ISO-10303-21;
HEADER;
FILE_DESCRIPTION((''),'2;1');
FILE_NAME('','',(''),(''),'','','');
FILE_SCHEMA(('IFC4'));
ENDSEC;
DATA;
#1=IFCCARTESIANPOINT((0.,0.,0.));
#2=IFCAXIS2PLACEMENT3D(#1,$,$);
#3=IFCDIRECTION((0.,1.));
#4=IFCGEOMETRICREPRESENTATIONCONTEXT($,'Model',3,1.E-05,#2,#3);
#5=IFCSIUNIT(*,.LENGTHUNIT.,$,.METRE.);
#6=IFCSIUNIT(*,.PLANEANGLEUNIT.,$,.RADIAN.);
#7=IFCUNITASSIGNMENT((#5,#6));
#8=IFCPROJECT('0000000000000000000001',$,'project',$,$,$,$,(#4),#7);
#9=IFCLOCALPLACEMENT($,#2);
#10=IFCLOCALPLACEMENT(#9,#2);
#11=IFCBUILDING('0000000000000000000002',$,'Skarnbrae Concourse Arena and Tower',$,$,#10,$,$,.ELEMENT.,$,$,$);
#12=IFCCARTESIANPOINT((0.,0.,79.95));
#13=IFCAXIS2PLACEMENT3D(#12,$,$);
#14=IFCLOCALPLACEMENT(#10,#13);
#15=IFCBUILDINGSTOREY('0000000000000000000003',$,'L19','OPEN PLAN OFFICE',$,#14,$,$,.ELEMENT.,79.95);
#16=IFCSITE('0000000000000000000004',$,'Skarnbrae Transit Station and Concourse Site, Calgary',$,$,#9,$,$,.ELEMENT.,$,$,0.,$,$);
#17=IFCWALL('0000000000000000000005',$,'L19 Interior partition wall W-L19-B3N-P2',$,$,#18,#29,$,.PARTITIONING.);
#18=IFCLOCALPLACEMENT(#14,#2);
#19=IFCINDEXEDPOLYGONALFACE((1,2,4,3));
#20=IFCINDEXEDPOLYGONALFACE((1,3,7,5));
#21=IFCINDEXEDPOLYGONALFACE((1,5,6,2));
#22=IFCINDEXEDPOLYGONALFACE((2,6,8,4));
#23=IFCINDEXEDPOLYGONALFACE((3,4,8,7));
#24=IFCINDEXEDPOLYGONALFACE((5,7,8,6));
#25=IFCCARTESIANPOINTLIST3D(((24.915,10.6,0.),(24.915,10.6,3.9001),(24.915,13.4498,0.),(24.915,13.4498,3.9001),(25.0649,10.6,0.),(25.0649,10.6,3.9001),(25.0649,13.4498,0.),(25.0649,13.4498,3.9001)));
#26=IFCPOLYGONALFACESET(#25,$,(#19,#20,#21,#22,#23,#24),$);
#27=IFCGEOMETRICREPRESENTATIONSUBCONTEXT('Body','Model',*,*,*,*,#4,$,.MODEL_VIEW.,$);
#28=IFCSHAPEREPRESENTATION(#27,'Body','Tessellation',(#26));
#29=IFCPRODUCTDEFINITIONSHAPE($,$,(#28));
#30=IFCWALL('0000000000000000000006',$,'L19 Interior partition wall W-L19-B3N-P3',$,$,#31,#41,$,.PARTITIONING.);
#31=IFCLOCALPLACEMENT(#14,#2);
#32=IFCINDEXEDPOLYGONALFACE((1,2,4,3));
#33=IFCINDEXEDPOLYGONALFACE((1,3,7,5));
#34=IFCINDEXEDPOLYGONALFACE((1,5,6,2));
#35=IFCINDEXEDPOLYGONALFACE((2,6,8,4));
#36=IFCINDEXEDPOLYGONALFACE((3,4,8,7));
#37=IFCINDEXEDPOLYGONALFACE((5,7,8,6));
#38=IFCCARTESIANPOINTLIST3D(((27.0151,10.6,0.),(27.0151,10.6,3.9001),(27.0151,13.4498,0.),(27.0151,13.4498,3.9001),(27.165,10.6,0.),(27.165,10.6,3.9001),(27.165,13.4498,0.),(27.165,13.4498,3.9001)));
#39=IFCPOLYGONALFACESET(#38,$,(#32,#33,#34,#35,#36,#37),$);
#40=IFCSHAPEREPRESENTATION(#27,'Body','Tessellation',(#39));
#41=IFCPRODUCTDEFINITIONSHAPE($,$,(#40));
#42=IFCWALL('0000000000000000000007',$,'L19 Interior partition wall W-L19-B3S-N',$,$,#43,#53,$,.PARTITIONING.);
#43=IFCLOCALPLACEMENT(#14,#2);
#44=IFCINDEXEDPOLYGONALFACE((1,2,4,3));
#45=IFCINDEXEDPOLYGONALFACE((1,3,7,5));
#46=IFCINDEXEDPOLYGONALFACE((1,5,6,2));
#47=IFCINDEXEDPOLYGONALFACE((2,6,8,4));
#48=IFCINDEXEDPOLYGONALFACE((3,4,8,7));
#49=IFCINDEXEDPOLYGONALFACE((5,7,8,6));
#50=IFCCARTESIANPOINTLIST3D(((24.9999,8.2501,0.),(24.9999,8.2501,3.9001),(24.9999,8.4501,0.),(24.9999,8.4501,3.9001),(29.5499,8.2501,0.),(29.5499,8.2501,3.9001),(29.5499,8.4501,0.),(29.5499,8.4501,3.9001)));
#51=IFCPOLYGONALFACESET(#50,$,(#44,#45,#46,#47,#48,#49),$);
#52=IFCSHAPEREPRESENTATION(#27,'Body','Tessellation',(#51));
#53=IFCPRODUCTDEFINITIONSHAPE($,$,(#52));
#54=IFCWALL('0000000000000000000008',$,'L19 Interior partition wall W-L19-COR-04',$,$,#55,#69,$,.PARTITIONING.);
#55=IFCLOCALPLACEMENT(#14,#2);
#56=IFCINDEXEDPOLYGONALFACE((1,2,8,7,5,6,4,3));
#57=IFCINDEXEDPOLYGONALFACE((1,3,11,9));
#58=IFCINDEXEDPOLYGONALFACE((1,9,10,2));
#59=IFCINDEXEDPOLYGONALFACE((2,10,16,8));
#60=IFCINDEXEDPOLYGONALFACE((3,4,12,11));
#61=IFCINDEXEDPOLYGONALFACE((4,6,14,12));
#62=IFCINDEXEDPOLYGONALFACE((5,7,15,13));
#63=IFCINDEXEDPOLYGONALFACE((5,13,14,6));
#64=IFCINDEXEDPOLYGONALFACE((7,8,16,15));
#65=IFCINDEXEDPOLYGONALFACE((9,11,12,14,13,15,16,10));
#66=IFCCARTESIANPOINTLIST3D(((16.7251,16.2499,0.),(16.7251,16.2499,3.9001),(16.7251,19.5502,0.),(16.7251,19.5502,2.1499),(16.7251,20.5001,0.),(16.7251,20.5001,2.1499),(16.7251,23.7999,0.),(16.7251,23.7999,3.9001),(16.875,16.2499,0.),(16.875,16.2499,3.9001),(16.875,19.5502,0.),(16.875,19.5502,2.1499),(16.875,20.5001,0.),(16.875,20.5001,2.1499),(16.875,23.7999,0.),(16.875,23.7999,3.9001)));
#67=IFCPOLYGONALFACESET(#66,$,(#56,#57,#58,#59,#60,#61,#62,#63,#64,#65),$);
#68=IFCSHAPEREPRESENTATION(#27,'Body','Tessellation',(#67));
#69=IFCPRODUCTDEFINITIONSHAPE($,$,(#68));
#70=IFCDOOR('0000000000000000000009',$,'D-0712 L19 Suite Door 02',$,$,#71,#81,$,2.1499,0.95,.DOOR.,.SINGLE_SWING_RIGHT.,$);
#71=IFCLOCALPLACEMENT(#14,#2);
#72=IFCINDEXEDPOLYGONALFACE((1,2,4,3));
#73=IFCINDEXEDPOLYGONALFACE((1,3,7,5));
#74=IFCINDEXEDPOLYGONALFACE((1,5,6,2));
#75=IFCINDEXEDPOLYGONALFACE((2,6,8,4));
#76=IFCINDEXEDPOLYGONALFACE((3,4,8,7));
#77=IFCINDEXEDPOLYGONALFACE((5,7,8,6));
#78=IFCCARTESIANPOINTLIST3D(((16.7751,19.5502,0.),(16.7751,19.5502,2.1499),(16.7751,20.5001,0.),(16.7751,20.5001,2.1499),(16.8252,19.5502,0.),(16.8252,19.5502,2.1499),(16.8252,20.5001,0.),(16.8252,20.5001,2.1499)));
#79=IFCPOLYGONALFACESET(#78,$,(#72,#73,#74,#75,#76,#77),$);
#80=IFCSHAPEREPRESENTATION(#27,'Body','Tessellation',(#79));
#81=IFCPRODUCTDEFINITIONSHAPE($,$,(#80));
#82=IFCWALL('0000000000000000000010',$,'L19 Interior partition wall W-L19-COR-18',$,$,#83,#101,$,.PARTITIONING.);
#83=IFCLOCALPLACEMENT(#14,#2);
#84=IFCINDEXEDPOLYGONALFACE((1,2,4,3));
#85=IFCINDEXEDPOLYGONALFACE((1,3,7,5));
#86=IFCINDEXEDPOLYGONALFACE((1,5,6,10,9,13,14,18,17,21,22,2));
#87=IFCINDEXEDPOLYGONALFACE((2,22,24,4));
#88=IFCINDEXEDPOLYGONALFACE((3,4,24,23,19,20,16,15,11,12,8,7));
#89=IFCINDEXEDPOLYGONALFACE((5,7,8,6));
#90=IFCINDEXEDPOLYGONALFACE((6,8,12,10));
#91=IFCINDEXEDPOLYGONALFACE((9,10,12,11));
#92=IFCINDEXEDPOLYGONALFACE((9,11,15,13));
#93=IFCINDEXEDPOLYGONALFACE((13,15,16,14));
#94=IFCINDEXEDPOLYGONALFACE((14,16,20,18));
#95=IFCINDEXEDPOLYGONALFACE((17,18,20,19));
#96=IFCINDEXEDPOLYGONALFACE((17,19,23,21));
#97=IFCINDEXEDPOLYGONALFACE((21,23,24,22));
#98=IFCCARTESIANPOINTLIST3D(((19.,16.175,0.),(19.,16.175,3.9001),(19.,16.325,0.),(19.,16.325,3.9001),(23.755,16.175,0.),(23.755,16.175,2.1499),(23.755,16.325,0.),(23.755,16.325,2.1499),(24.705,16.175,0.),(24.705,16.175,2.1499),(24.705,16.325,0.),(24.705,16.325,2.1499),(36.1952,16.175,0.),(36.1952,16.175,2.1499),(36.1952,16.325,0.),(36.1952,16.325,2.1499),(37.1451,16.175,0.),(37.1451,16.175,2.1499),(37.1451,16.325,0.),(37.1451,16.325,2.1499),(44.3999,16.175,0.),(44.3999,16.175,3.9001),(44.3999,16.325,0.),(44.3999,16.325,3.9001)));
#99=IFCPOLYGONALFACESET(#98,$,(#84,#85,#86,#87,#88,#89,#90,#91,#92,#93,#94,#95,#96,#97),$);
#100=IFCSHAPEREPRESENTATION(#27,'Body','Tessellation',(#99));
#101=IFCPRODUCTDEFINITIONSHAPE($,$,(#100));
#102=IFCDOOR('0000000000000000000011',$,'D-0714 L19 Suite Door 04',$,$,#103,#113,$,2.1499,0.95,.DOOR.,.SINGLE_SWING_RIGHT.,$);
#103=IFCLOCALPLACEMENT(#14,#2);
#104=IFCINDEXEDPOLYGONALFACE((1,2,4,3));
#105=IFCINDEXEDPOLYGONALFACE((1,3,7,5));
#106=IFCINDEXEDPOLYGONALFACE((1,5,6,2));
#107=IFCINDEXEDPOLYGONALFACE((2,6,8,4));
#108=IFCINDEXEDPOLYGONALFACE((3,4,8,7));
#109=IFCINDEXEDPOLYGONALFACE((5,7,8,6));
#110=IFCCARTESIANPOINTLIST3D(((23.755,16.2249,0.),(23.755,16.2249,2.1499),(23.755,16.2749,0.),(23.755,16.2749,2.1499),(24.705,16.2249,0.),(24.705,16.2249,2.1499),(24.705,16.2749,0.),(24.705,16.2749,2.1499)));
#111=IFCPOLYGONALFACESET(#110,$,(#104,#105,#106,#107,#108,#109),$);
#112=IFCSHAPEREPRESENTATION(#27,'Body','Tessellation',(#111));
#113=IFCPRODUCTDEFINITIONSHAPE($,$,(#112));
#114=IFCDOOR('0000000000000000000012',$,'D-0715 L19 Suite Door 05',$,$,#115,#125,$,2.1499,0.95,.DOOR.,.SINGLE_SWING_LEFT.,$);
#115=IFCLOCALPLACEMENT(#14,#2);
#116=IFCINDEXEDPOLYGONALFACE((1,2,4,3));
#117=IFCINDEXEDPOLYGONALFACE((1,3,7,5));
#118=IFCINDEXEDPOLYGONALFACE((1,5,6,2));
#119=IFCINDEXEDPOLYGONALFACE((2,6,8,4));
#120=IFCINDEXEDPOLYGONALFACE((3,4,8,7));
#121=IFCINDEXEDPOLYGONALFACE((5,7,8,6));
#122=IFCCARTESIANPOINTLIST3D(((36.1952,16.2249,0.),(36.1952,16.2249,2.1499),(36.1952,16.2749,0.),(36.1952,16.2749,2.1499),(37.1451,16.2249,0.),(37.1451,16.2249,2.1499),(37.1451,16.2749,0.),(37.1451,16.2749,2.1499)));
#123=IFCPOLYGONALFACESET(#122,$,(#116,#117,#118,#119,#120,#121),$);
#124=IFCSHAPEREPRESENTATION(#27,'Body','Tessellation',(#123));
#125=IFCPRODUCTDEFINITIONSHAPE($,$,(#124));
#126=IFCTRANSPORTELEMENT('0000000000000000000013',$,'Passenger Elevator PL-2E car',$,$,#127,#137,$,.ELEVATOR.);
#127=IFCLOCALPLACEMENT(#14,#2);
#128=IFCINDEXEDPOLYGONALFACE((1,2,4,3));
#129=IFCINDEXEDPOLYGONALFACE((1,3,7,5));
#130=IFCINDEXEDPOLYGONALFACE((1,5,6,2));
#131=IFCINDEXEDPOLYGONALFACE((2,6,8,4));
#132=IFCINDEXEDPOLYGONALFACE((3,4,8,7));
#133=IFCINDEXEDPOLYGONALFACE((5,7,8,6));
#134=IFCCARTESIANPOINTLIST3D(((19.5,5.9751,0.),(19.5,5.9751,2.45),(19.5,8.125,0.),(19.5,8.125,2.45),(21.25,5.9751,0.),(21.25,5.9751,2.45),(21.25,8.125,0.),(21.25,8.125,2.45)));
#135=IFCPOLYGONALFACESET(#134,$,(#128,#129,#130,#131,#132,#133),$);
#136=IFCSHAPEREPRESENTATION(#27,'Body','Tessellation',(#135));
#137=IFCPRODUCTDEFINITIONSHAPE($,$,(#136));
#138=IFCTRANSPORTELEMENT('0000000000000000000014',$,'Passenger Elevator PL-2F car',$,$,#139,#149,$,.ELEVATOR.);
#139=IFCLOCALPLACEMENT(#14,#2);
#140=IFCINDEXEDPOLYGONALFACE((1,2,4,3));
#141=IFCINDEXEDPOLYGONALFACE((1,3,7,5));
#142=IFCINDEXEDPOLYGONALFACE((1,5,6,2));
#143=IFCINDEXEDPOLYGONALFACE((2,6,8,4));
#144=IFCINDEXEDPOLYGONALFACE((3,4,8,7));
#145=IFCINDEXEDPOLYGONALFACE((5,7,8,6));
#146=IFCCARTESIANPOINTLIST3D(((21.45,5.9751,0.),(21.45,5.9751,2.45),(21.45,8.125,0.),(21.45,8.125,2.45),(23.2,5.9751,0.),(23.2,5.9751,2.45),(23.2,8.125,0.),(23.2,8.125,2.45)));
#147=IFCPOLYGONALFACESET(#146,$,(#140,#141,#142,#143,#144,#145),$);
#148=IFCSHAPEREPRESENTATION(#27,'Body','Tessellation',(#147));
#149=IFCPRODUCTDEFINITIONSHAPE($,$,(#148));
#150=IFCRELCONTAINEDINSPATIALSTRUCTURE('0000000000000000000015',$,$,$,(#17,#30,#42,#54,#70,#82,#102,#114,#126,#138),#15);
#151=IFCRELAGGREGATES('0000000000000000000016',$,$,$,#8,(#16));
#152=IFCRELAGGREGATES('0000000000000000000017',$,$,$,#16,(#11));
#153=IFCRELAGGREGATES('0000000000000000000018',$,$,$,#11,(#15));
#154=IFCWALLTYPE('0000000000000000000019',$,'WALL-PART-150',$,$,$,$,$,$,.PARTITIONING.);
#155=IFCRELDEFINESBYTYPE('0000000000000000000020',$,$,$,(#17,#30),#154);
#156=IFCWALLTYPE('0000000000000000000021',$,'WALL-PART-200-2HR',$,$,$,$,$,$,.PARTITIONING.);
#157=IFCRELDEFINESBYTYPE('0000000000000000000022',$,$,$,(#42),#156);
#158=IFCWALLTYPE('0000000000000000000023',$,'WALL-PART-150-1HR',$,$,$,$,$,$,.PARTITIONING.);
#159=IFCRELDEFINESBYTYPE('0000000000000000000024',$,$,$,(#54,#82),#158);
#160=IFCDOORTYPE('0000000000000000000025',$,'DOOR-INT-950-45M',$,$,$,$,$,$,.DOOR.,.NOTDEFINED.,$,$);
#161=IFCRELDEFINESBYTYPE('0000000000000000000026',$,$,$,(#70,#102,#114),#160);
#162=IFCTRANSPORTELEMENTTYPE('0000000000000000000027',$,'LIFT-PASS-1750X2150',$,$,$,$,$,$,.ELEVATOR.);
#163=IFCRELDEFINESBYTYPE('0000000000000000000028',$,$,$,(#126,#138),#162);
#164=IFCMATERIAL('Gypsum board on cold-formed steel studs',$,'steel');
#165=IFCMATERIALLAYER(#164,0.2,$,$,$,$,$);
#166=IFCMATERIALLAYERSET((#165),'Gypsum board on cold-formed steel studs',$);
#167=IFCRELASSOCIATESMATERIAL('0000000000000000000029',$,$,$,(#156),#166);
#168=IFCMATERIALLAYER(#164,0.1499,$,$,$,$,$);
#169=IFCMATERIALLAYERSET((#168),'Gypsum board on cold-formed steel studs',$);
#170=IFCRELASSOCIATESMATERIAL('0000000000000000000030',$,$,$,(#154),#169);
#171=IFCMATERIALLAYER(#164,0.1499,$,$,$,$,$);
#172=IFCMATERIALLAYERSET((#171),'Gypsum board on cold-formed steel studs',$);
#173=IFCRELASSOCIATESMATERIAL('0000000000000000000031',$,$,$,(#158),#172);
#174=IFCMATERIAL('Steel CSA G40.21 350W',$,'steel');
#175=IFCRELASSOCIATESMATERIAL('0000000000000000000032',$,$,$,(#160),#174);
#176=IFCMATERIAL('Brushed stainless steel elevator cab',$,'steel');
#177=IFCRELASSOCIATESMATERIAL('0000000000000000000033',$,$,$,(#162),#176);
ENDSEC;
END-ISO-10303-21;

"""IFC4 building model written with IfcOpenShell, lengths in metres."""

from ifc_helpers import new_model, si_unit, direction, frame, frame_2d, origin, origin_2d, place, context, subcontext, project, spatial, rectangle, extrude, source, transform, mapped, material, layer, layer_set, type_object, element, fill, save


model = new_model("IFC4")

# Units and contexts
model_context = context("Model", 3, precision=1e-05, world=origin(), true_north=direction((0.0, 1.0)))
body_context = subcontext(model_context, "Body", "Model", "MODEL_VIEW")
ifc_project = project(units=[si_unit("LENGTHUNIT", "METRE"), si_unit("PLANEANGLEUNIT", "RADIAN")], contexts=[model_context])

# Site, building, storey
site_placement = place(None, origin())
site = spatial("IfcSite", under=ifc_project, at=site_placement, Name="Skarnbrae Transit Station and Concourse Site, Calgary", CompositionType="ELEMENT", RefElevation=0.0)
building_placement = place(site_placement, origin())
building = spatial("IfcBuilding", under=site, at=building_placement, Name="Skarnbrae Concourse Arena and Tower", CompositionType="ELEMENT")
storey_placement = place(building_placement, frame((0.0, 0.0, 79.95)))
storey = spatial("IfcBuildingStorey", under=building, at=storey_placement, Name="L19", Description="OPEN PLAN OFFICE", CompositionType="ELEMENT", Elevation=79.95)

# Shared definitions
ifc_material_1 = material(Name="Steel CSA G40.21 350W", Category="steel")

# Walls
ifc_material_2 = material(Name="Gypsum board on cold-formed steel studs", Category="steel")
ifc_layer_1 = layer(ifc_material_2, 0.2)
ifc_layer_set_1 = layer_set([ifc_layer_1], Name="Gypsum board on cold-formed steel studs")
wall_type_1 = type_object("IfcWallType", Name="WALL-PART-200-2HR", PredefinedType="PARTITIONING", material=ifc_layer_set_1)
ifc_layer_2 = layer(ifc_material_2, 0.1499)
ifc_layer_set_2 = layer_set([ifc_layer_2], Name="Gypsum board on cold-formed steel studs")
wall_type_2 = type_object("IfcWallType", Name="WALL-PART-150", PredefinedType="PARTITIONING", material=ifc_layer_set_2)
shared_shape_1 = source(origin(), body_context, "Body", "SweptSolid", [
    extrude(rectangle(XDim=2.8499, YDim=0.1499, at=frame_2d((1.4248, 0.0))), origin(), (0.0, 0.0, 1.0), 3.9001),
])
for number, where, z_axis, x_axis, name in (
    (1, (24.99, 10.6001, 0.0), (0.0, 0.0, 1.0), (0.0, 1.0, 0.0), "L19 Interior partition wall W-L19-B3N-P2"),
    (2, (27.0901, 10.6001, 0.0), (0.0, 0.0, 1.0), (0.0, 1.0, 0.0), "L19 Interior partition wall W-L19-B3N-P3"),
):
    element("IfcWall", number, at=place(storey_placement, frame(where, z_axis=z_axis, x_axis=x_axis)), inside=storey, type_object=wall_type_2, Name=name, PredefinedType="PARTITIONING", context=body_context, shape_type="MappedRepresentation", body=[
        mapped(shared_shape_1, transform((0.0, 0.0, 0.0))),
    ])
shared_shape_2 = source(origin(), body_context, "Body", "SweptSolid", [
    extrude(rectangle(XDim=4.55, YDim=0.2, at=frame_2d((2.2749, 0.0))), origin(), (0.0, 0.0, 1.0), 3.9001),
])
wall_1_placement = place(storey_placement, frame((25.0, 8.3501, 0.0), z_axis=(0.0, 0.0, 1.0), x_axis=(1.0, 0.0, 0.0)))
element("IfcWall", 3, at=wall_1_placement, inside=storey, type_object=wall_type_1, Name="L19 Interior partition wall W-L19-B3S-N", PredefinedType="PARTITIONING", context=body_context, shape_type="MappedRepresentation", body=[
    mapped(shared_shape_2, transform((0.0, 0.0, 0.0))),
])

# Wall, opening, door
ifc_layer_3 = layer(ifc_material_2, 0.1499)
ifc_layer_set_3 = layer_set([ifc_layer_3], Name="Gypsum board on cold-formed steel studs")
wall_type_3 = type_object("IfcWallType", Name="WALL-PART-150-1HR", PredefinedType="PARTITIONING", material=ifc_layer_set_3)
shared_shape_3 = source(origin(), body_context, "Body", "SweptSolid", [
    extrude(rectangle(XDim=7.55, YDim=0.1499, at=frame_2d((3.7749, 0.0))), origin(), (0.0, 0.0, 1.0), 3.9001),
])
wall_2_placement = place(storey_placement, frame((16.8, 16.25, 0.0), z_axis=(0.0, 0.0, 1.0), x_axis=(0.0, 1.0, 0.0)))
wall_2 = element("IfcWall", 4, at=wall_2_placement, inside=storey, type_object=wall_type_3, Name="L19 Interior partition wall W-L19-COR-04", PredefinedType="PARTITIONING", context=body_context, shape_type="MappedRepresentation", body=[
    mapped(shared_shape_3, transform((0.0, 0.0, 0.0))),
])
opening_1_placement = place(wall_2_placement, frame((3.3, 0.0, 0.0)))
opening_1 = element("IfcOpeningElement", 5, at=opening_1_placement, cuts=wall_2, PredefinedType="OPENING", context=body_context, shape_type="SweptSolid", body=[
    extrude(rectangle(XDim=0.95, YDim=2.1499, at=frame_2d((0.4751, 1.075))), frame((0.0, 0.085, 0.0), z_axis=(0.0, -1.0, 0.0), x_axis=(1.0, 0.0, 0.0)), (0.0, 0.0, 1.0), 0.1699),
])
door_type_1 = type_object("IfcDoorType", Name="DOOR-INT-950-45M", OperationType="NOTDEFINED", PredefinedType="DOOR", material=ifc_material_1)
shared_shape_4 = source(origin(), body_context, "Body", "SweptSolid", [
    extrude(rectangle(XDim=0.95, YDim=2.1499, at=frame_2d((0.4751, 1.075))), frame((0.0, 0.0249, 0.0), z_axis=(0.0, -1.0, 0.0), x_axis=(1.0, 0.0, 0.0)), (0.0, 0.0, 1.0), 0.05),
])
door_1_placement = place(opening_1_placement, origin())
door_1 = element("IfcDoor", 6, at=door_1_placement, inside=storey, type_object=door_type_1, Name="D-0712 L19 Suite Door 02", OperationType="SINGLE_SWING_RIGHT", OverallHeight=2.1499, OverallWidth=0.95, PredefinedType="DOOR", context=body_context, shape_type="MappedRepresentation", body=[
    mapped(shared_shape_4, transform((0.0, 0.0, 0.0))),
])
fill(opening_1, door_1)

# Wall, openings, doors
shared_shape_5 = source(origin(), body_context, "Body", "SweptSolid", [
    extrude(rectangle(XDim=25.3999, YDim=0.1499, at=frame_2d((12.7, 0.0))), origin(), (0.0, 0.0, 1.0), 3.9001),
])
wall_3_placement = place(storey_placement, frame((19.0, 16.25, 0.0), z_axis=(0.0, 0.0, 1.0), x_axis=(1.0, 0.0, 0.0)))
wall_3 = element("IfcWall", 7, at=wall_3_placement, inside=storey, type_object=wall_type_3, Name="L19 Interior partition wall W-L19-COR-18", PredefinedType="PARTITIONING", context=body_context, shape_type="MappedRepresentation", body=[
    mapped(shared_shape_5, transform((0.0, 0.0, 0.0))),
])
opening_2_placement = place(wall_3_placement, frame((4.7549, 0.0, 0.0)))
opening_2 = element("IfcOpeningElement", 8, at=opening_2_placement, cuts=wall_3, PredefinedType="OPENING", context=body_context, shape_type="SweptSolid", body=[
    extrude(rectangle(XDim=0.95, YDim=2.1499, at=frame_2d((0.4751, 1.075))), frame((0.0, 0.085, 0.0), z_axis=(0.0, -1.0, 0.0), x_axis=(1.0, 0.0, 0.0)), (0.0, 0.0, 1.0), 0.1699),
])
opening_3_placement = place(wall_3_placement, frame((17.1951, 0.0, 0.0)))
opening_3 = element("IfcOpeningElement", 9, at=opening_3_placement, cuts=wall_3, PredefinedType="OPENING", context=body_context, shape_type="SweptSolid", body=[
    extrude(rectangle(XDim=0.95, YDim=2.1499, at=frame_2d((0.4751, 1.075))), frame((0.0, 0.085, 0.0), z_axis=(0.0, -1.0, 0.0), x_axis=(1.0, 0.0, 0.0)), (0.0, 0.0, 1.0), 0.1699),
])
door_2_placement = place(opening_2_placement, origin())
door_2 = element("IfcDoor", 10, at=door_2_placement, inside=storey, type_object=door_type_1, Name="D-0714 L19 Suite Door 04", OperationType="SINGLE_SWING_RIGHT", OverallHeight=2.1499, OverallWidth=0.95, PredefinedType="DOOR", context=body_context, shape_type="MappedRepresentation", body=[
    mapped(shared_shape_4, transform((0.0, 0.0, 0.0))),
])
fill(opening_2, door_2)
door_3_placement = place(opening_3_placement, origin())
door_3 = element("IfcDoor", 11, at=door_3_placement, inside=storey, type_object=door_type_1, Name="D-0715 L19 Suite Door 05", OperationType="SINGLE_SWING_LEFT", OverallHeight=2.1499, OverallWidth=0.95, PredefinedType="DOOR", context=body_context, shape_type="MappedRepresentation", body=[
    mapped(shared_shape_4, transform((0.0, 0.0, 0.0))),
])
fill(opening_3, door_3)

# Transport elements
ifc_material_3 = material(Name="Brushed stainless steel elevator cab", Category="steel")
transport_element_type = type_object("IfcTransportElementType", Name="LIFT-PASS-1750X2150", PredefinedType="ELEVATOR", material=ifc_material_3)
shared_shape_6 = source(origin(), body_context, "Body", "SweptSolid", [
    extrude(rectangle(XDim=1.75, YDim=2.1499, at=origin_2d()), origin(), (0.0, 0.0, 1.0), 2.45),
])
for number, where, z_axis, x_axis, name in (
    (12, (20.375, 7.05, 0.0), (0.0, 0.0, 1.0), (1.0, 0.0, 0.0), "Passenger Elevator PL-2E car"),
    (13, (22.325, 7.05, 0.0), (0.0, 0.0, 1.0), (1.0, 0.0, 0.0), "Passenger Elevator PL-2F car"),
):
    element("IfcTransportElement", number, at=place(storey_placement, frame(where, z_axis=z_axis, x_axis=x_axis)), inside=storey, type_object=transport_element_type, Name=name, PredefinedType="ELEVATOR", context=body_context, shape_type="MappedRepresentation", body=[
        mapped(shared_shape_6, transform((0.0, 0.0, 0.0))),
    ])

save(model, "model.ifc")
